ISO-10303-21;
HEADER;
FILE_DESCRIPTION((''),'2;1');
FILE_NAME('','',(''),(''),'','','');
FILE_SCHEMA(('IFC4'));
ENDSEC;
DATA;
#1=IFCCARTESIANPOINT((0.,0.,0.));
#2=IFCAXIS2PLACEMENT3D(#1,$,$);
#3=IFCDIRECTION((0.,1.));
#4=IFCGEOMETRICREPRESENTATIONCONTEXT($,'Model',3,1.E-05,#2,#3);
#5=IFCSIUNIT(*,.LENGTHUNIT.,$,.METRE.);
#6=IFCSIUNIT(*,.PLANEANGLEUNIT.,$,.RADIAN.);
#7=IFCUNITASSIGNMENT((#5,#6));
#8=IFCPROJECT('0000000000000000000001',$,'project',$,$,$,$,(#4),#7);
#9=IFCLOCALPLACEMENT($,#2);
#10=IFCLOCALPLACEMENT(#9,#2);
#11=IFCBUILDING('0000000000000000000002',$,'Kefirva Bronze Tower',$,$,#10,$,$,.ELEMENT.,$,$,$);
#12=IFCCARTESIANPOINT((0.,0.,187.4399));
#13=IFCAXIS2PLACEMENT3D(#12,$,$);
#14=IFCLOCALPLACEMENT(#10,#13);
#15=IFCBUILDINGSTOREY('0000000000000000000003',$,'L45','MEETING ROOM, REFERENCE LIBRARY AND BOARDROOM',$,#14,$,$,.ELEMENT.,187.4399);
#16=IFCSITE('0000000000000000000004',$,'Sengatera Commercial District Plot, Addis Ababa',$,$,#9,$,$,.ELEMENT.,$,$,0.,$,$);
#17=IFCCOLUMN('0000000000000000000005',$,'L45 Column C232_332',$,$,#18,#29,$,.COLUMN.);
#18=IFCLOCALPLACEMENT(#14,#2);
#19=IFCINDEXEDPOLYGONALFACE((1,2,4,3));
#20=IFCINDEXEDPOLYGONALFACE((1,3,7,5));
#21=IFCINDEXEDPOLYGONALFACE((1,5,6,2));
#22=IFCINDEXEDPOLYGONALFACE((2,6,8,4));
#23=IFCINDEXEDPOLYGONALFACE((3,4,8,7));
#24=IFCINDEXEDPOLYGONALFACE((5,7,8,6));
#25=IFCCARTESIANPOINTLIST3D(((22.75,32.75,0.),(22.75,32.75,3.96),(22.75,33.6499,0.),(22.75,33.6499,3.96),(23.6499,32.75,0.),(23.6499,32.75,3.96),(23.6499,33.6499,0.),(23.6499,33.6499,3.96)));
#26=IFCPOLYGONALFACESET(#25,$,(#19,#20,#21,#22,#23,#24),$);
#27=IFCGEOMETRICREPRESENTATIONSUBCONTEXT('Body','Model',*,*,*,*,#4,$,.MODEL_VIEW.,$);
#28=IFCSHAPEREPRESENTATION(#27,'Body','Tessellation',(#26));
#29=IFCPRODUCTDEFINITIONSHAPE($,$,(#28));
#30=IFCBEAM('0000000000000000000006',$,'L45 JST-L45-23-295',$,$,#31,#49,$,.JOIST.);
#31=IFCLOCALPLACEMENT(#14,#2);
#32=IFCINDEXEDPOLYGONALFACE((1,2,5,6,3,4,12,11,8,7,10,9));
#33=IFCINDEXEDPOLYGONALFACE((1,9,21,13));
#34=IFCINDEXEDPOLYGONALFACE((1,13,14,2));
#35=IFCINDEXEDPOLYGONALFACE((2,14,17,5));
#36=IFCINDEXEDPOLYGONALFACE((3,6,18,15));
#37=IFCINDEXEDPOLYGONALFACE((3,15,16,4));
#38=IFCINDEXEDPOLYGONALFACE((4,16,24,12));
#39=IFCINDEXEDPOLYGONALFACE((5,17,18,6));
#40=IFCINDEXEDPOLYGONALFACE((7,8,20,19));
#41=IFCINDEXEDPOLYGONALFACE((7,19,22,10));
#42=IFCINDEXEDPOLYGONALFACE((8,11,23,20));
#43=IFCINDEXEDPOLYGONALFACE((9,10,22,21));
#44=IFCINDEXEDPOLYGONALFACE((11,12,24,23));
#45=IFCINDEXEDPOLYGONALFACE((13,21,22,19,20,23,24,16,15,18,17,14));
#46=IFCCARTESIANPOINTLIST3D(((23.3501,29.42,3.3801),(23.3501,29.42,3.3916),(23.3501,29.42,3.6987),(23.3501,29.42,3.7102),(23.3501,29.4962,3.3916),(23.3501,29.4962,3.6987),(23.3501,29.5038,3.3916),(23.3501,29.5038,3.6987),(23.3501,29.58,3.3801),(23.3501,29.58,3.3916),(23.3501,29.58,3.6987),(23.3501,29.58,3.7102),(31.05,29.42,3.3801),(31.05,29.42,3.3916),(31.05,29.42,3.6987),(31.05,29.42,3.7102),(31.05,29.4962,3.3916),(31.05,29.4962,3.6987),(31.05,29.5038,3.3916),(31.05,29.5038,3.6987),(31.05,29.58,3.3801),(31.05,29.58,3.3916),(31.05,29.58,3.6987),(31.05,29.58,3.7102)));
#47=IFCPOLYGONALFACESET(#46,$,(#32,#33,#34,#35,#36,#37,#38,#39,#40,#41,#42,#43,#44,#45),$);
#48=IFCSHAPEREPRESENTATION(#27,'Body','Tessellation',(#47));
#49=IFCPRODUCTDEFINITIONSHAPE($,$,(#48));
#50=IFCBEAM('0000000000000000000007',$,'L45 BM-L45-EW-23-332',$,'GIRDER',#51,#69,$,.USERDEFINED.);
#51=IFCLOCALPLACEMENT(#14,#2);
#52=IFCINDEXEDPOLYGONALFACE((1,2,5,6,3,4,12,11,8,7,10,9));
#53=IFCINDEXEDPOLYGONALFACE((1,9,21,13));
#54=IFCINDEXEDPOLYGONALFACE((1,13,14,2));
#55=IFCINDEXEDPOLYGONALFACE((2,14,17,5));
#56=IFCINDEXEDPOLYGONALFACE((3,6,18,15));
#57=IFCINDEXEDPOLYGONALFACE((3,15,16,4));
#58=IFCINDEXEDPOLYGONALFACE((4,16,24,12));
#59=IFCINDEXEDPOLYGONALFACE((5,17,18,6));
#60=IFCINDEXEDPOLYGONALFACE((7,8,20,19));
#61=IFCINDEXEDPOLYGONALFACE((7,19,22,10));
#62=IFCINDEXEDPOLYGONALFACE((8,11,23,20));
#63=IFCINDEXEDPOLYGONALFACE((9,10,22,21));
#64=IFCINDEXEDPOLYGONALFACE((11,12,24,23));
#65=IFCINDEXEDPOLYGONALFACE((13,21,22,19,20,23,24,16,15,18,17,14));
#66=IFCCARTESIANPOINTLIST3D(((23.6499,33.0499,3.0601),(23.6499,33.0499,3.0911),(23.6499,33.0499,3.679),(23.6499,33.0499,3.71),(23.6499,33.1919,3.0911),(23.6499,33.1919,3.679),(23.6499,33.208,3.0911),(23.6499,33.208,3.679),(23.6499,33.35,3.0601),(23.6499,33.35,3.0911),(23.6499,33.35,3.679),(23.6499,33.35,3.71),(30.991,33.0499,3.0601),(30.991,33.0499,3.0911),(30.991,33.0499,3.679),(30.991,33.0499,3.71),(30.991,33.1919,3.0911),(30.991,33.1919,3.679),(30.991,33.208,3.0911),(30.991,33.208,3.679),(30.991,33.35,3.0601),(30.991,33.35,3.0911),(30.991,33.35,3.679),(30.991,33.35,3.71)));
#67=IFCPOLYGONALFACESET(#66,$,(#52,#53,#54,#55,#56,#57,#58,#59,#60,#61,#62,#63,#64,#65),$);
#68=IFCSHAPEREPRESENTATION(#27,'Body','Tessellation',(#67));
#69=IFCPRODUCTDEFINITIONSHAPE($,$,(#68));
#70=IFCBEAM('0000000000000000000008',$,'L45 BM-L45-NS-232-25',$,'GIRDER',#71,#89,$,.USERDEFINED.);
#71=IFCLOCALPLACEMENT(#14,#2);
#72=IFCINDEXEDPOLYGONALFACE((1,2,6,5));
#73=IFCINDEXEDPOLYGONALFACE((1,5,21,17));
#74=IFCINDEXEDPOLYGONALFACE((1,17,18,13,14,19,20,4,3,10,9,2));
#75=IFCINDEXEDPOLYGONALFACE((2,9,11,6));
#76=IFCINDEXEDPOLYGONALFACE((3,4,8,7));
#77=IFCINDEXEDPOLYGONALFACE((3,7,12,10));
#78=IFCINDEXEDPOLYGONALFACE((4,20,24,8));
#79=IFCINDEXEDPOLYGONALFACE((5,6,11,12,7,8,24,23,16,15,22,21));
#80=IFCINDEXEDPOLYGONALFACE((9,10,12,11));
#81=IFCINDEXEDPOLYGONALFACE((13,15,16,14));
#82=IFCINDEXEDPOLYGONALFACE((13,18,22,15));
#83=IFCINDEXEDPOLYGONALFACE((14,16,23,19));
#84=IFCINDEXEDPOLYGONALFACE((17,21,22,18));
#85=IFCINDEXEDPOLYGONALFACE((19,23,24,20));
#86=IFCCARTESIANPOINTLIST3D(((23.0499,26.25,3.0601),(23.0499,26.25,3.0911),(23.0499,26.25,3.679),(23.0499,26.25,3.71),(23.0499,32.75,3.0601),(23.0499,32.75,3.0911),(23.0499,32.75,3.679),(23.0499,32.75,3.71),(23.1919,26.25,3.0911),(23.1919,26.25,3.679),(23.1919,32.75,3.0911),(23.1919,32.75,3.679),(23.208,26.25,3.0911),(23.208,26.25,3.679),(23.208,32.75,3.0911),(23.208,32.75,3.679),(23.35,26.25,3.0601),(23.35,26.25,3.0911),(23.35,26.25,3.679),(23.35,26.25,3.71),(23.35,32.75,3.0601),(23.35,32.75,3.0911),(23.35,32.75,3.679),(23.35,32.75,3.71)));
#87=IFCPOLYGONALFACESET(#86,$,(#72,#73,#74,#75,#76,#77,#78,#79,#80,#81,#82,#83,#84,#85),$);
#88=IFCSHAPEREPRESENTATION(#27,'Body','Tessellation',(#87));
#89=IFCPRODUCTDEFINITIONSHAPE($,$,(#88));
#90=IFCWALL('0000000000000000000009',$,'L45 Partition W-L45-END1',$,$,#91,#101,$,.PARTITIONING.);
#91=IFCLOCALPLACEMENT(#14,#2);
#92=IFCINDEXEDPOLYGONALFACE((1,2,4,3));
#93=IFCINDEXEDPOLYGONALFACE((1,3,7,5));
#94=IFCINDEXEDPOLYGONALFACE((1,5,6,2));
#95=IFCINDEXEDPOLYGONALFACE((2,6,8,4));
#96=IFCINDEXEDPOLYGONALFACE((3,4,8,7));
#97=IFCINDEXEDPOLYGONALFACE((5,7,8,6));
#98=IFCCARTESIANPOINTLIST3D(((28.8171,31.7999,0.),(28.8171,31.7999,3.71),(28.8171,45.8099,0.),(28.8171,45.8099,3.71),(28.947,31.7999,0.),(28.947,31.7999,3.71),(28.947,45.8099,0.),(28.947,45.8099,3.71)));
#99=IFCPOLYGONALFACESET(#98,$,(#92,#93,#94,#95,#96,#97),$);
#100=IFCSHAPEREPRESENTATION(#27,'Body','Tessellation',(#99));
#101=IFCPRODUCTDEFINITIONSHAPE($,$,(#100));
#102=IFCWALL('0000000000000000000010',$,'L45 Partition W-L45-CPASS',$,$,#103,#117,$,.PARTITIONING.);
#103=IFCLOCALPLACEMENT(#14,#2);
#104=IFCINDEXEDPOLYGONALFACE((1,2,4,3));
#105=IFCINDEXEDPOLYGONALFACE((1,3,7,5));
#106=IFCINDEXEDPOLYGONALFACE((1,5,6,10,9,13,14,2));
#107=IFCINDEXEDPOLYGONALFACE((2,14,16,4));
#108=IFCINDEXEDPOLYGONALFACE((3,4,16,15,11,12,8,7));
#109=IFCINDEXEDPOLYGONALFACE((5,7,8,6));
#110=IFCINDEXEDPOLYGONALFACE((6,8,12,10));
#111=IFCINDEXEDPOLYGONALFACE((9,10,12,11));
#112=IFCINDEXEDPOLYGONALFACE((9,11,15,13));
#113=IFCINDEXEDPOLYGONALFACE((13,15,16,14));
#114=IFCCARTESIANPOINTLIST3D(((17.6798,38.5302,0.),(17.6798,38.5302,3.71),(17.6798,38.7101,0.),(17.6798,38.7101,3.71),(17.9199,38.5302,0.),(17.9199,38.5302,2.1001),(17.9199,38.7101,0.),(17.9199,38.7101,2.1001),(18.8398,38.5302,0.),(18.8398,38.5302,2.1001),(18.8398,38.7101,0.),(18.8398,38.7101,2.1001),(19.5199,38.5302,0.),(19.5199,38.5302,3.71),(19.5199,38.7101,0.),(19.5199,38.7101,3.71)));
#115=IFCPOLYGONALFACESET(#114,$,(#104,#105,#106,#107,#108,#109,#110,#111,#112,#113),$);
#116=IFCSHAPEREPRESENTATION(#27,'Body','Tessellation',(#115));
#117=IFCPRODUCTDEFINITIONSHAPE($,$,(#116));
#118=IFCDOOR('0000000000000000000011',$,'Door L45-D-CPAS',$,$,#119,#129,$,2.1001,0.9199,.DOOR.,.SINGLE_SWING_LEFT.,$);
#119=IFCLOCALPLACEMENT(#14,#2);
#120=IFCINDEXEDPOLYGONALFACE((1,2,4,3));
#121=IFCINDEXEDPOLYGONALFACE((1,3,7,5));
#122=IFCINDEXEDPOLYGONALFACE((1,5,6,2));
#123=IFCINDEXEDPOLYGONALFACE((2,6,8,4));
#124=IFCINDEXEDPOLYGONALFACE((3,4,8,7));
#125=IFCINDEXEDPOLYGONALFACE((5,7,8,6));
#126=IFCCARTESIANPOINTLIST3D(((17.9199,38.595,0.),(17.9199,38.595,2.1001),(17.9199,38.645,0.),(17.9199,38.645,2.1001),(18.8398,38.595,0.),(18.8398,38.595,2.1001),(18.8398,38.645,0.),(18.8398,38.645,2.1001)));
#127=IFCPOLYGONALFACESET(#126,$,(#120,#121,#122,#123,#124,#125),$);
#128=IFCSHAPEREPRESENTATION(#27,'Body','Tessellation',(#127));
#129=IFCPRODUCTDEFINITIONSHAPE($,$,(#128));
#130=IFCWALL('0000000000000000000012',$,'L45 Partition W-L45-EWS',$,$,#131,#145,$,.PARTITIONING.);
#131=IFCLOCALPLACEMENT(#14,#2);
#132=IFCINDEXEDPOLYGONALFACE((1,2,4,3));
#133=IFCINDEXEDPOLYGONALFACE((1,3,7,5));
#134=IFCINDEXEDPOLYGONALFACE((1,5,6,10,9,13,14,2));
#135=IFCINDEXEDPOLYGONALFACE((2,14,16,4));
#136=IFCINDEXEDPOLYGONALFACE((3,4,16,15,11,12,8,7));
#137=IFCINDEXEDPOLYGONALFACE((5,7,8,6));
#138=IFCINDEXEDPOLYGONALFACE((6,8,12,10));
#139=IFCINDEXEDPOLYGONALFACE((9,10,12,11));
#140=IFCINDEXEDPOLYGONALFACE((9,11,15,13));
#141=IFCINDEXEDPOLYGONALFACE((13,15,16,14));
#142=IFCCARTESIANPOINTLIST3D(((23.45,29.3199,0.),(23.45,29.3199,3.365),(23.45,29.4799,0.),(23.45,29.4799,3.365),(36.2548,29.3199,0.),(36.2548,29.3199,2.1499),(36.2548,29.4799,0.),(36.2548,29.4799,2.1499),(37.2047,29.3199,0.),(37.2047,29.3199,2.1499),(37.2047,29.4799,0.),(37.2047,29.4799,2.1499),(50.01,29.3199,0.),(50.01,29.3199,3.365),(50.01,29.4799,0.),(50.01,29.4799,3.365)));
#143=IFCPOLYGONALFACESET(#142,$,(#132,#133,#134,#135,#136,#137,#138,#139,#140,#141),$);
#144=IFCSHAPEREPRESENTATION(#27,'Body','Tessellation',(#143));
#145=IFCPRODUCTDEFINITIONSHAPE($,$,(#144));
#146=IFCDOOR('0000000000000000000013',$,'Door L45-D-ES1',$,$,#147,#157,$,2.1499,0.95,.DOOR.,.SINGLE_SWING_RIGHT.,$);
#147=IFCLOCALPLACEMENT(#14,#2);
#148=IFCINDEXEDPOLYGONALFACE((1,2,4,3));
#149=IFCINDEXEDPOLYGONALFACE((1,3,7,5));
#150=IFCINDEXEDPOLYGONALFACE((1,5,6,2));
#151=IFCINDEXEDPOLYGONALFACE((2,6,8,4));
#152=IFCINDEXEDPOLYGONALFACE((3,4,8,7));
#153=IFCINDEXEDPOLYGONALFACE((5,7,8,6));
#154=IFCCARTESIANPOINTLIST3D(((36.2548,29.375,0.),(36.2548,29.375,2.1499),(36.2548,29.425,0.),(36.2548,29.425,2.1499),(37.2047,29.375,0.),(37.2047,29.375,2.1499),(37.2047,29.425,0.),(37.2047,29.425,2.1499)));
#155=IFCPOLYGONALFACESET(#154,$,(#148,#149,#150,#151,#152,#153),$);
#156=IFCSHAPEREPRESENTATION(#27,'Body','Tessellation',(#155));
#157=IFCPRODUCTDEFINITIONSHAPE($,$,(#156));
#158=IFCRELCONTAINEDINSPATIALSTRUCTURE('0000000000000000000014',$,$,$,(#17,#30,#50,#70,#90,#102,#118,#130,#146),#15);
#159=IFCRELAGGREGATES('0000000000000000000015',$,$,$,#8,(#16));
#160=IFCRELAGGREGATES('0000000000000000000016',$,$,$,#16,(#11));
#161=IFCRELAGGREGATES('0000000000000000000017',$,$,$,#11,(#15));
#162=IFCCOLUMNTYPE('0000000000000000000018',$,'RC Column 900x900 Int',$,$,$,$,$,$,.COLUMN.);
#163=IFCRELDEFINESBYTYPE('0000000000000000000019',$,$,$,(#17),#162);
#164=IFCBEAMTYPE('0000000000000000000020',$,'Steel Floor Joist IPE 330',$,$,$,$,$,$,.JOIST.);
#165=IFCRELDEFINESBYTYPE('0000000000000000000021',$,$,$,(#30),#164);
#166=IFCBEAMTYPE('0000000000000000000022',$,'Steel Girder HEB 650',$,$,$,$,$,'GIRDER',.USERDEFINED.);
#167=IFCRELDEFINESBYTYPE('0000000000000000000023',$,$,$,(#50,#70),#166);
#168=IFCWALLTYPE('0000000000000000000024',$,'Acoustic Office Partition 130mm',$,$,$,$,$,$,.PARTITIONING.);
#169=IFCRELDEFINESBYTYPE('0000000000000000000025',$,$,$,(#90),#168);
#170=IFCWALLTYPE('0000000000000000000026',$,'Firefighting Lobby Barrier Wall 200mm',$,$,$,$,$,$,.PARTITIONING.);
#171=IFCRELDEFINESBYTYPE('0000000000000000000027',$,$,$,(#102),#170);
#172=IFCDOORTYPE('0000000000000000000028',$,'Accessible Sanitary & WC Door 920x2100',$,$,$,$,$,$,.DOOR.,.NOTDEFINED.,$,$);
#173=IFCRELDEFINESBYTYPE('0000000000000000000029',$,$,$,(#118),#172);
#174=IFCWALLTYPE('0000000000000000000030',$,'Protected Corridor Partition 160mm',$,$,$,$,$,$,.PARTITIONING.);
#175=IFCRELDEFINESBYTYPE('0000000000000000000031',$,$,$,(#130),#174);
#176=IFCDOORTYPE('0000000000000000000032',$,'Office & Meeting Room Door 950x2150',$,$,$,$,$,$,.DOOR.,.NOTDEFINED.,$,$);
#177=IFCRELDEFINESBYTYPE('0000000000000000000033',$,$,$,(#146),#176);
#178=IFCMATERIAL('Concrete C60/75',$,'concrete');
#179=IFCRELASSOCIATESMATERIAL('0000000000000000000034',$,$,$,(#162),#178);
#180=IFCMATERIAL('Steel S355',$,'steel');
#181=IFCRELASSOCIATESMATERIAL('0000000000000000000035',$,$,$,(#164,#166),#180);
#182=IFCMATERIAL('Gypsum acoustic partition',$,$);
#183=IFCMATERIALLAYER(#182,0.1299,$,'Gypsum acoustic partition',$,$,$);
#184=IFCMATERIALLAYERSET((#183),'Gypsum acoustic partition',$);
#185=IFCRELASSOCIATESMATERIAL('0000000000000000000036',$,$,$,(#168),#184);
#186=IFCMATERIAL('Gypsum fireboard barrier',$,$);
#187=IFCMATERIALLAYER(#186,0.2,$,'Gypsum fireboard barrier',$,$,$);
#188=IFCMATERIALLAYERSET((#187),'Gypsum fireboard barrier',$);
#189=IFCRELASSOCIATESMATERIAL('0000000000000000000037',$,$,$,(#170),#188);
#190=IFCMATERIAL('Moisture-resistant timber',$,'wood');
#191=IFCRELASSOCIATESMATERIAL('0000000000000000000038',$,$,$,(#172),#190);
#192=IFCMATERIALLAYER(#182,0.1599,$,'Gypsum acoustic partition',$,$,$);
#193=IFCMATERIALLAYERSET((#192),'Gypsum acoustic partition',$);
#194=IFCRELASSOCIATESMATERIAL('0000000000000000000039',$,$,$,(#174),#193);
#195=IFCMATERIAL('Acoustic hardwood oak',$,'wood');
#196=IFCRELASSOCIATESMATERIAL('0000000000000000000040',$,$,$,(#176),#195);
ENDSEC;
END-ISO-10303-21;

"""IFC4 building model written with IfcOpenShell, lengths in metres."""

from ifc_helpers import new_model, si_unit, direction, frame, frame_2d, origin, origin_2d, place, context, subcontext, project, spatial, rectangle, i_section, extrude, material, layer, layer_set, material_profile, profile_set, type_object, element, fill, save


model = new_model("IFC4")

# Units and contexts
model_context = context("Model", 3, precision=1e-05, world=origin(), true_north=direction((0.0, 1.0)))
body_context = subcontext(model_context, "Body", "Model", "MODEL_VIEW")
ifc_project = project(units=[si_unit("LENGTHUNIT", "METRE"), si_unit("PLANEANGLEUNIT", "RADIAN")], contexts=[model_context])

# Site, building, storey
site_placement = place(None, origin())
site = spatial("IfcSite", under=ifc_project, at=site_placement, Name="Sengatera Commercial District Plot, Addis Ababa", CompositionType="ELEMENT", RefElevation=0.0)
building_placement = place(site_placement, origin())
building = spatial("IfcBuilding", under=site, at=building_placement, Name="Kefirva Bronze Tower", CompositionType="ELEMENT")
storey_placement = place(building_placement, frame((0.0, 0.0, 187.4399)))
storey = spatial("IfcBuildingStorey", under=building, at=storey_placement, Name="L45", Description="MEETING ROOM, REFERENCE LIBRARY AND BOARDROOM", CompositionType="ELEMENT", Elevation=187.4399)

# Column
ifc_material_1 = material(Name="Concrete C60/75", Category="concrete")
ifc_material_profile_1 = material_profile(ifc_material_1, rectangle(XDim=0.8999, YDim=0.8999, at=origin_2d()), Name="RC 900x900")
ifc_profile_set_1 = profile_set([ifc_material_profile_1], Name="Concrete C60/75")
column_type = type_object("IfcColumnType", Name="RC Column 900x900 Int", PredefinedType="COLUMN", material=ifc_profile_set_1)
column_placement = place(storey_placement, frame((23.2, 33.2, 0.0), z_axis=(0.0, 0.0, 1.0), x_axis=(1.0, 0.0, 0.0)))
element("IfcColumn", 1, at=column_placement, inside=storey, type_object=column_type, Name="L45 Column C232_332", PredefinedType="COLUMN", context=body_context, shape_type="SweptSolid", body=[
    extrude(rectangle(XDim=0.8999, YDim=0.8999, at=origin_2d()), origin(), (0.0, 0.0, 1.0), 3.96),
])

# Beams
ifc_material_2 = material(Name="Steel S355", Category="steel")
ifc_material_profile_2 = material_profile(ifc_material_2, i_section(OverallWidth=0.1599, OverallDepth=0.3301, WebThickness=0.0076, FlangeThickness=0.0115, at=origin_2d()), Name="IPE 330")
ifc_profile_set_2 = profile_set([ifc_material_profile_2], Name="Steel S355")
beam_type_1 = type_object("IfcBeamType", Name="Steel Floor Joist IPE 330", PredefinedType="JOIST", material=ifc_profile_set_2)
beam_1_placement = place(storey_placement, frame((23.3501, 29.5, 3.5452), z_axis=(1.0, 0.0, 0.0), x_axis=(0.0, 1.0, 0.0)))
element("IfcBeam", 2, at=beam_1_placement, inside=storey, type_object=beam_type_1, Name="L45 JST-L45-23-295", PredefinedType="JOIST", context=body_context, shape_type="SweptSolid", body=[
    extrude(i_section(OverallWidth=0.1599, OverallDepth=0.3301, WebThickness=0.0076, FlangeThickness=0.0115, at=origin_2d()), origin(), (0.0, 0.0, 1.0), 7.7),
])
ifc_material_profile_3 = material_profile(ifc_material_2, i_section(OverallWidth=0.3, OverallDepth=0.6499, WebThickness=0.0161, FlangeThickness=0.031, at=origin_2d()), Name="HEB 650")
ifc_profile_set_3 = profile_set([ifc_material_profile_3], Name="Steel S355")
beam_type_2 = type_object("IfcBeamType", Name="Steel Girder HEB 650", ElementType="GIRDER", PredefinedType="USERDEFINED", material=ifc_profile_set_3)
beam_2_placement = place(storey_placement, frame((23.6499, 33.2, 3.385), z_axis=(1.0, 0.0, 0.0), x_axis=(0.0, 1.0, 0.0)))
element("IfcBeam", 3, at=beam_2_placement, inside=storey, type_object=beam_type_2, Name="L45 BM-L45-EW-23-332", ObjectType="GIRDER", PredefinedType="USERDEFINED", context=body_context, shape_type="SweptSolid", body=[
    extrude(i_section(OverallWidth=0.3, OverallDepth=0.6499, WebThickness=0.0161, FlangeThickness=0.031, at=origin_2d()), origin(), (0.0, 0.0, 1.0), 7.3411),
])
beam_3_placement = place(storey_placement, frame((23.2, 26.25, 3.385), z_axis=(0.0, 1.0, 0.0), x_axis=(-1.0, 0.0, 0.0)))
element("IfcBeam", 4, at=beam_3_placement, inside=storey, type_object=beam_type_2, Name="L45 BM-L45-NS-232-25", ObjectType="GIRDER", PredefinedType="USERDEFINED", context=body_context, shape_type="SweptSolid", body=[
    extrude(i_section(OverallWidth=0.3, OverallDepth=0.6499, WebThickness=0.0161, FlangeThickness=0.031, at=origin_2d()), origin(), (0.0, 0.0, 1.0), 6.5),
])

# Wall
ifc_material_3 = material(Name="Gypsum acoustic partition")
ifc_layer_1 = layer(ifc_material_3, 0.1299, Name="Gypsum acoustic partition")
ifc_layer_set_1 = layer_set([ifc_layer_1], Name="Gypsum acoustic partition")
wall_type_1 = type_object("IfcWallType", Name="Acoustic Office Partition 130mm", PredefinedType="PARTITIONING", material=ifc_layer_set_1)
wall_1_placement = place(storey_placement, frame((28.8821, 31.8, 0.0), z_axis=(0.0, 0.0, 1.0), x_axis=(0.0, 1.0, 0.0)))
element("IfcWall", 5, at=wall_1_placement, inside=storey, type_object=wall_type_1, Name="L45 Partition W-L45-END1", PredefinedType="PARTITIONING", context=body_context, shape_type="SweptSolid", body=[
    extrude(rectangle(XDim=14.01, YDim=0.1299, at=frame_2d((7.0049, 0.0))), origin(), (0.0, 0.0, 1.0), 3.71),
])

# Walls, openings, doors
ifc_material_4 = material(Name="Gypsum fireboard barrier")
ifc_layer_2 = layer(ifc_material_4, 0.2, Name="Gypsum fireboard barrier")
ifc_layer_set_2 = layer_set([ifc_layer_2], Name="Gypsum fireboard barrier")
wall_type_2 = type_object("IfcWallType", Name="Firefighting Lobby Barrier Wall 200mm", PredefinedType="PARTITIONING", material=ifc_layer_set_2)
wall_2_placement = place(storey_placement, frame((17.6799, 38.6201, 0.0), z_axis=(0.0, 0.0, 1.0), x_axis=(1.0, 0.0, 0.0)))
wall_2 = element("IfcWall", 6, at=wall_2_placement, inside=storey, type_object=wall_type_2, Name="L45 Partition W-L45-CPASS", PredefinedType="PARTITIONING", context=body_context, shape_type="SweptSolid", body=[
    extrude(rectangle(XDim=1.8401, YDim=0.1799, at=frame_2d((0.9199, 0.0))), origin(), (0.0, 0.0, 1.0), 3.71),
])
opening_1_placement = place(wall_2_placement, frame((0.24, 0.0, 0.0)))
opening_1 = element("IfcOpeningElement", 7, at=opening_1_placement, cuts=wall_2, PredefinedType="OPENING", context=body_context, shape_type="SweptSolid", body=[
    extrude(rectangle(XDim=0.9199, YDim=2.1001, at=frame_2d((0.46, 1.05))), frame((0.0, 0.1001, 0.0), z_axis=(0.0, -1.0, 0.0), x_axis=(1.0, 0.0, 0.0)), (0.0, 0.0, 1.0), 0.2),
])
ifc_material_5 = material(Name="Moisture-resistant timber", Category="wood")
door_type_1 = type_object("IfcDoorType", Name="Accessible Sanitary & WC Door 920x2100", OperationType="NOTDEFINED", PredefinedType="DOOR", material=ifc_material_5)
door_1_placement = place(opening_1_placement, origin())
door_1 = element("IfcDoor", 8, at=door_1_placement, inside=storey, type_object=door_type_1, Name="Door L45-D-CPAS", OperationType="SINGLE_SWING_LEFT", OverallHeight=2.1001, OverallWidth=0.9199, PredefinedType="DOOR", context=body_context, shape_type="SweptSolid", body=[
    extrude(rectangle(XDim=0.9199, YDim=2.1001, at=frame_2d((0.46, 1.05))), frame((0.0, 0.0249, 0.0), z_axis=(0.0, -1.0, 0.0), x_axis=(1.0, 0.0, 0.0)), (0.0, 0.0, 1.0), 0.05),
])
fill(opening_1, door_1)
ifc_layer_3 = layer(ifc_material_3, 0.1599, Name="Gypsum acoustic partition")
ifc_layer_set_3 = layer_set([ifc_layer_3], Name="Gypsum acoustic partition")
wall_type_3 = type_object("IfcWallType", Name="Protected Corridor Partition 160mm", PredefinedType="PARTITIONING", material=ifc_layer_set_3)
wall_3_placement = place(storey_placement, frame((23.45, 29.3999, 0.0), z_axis=(0.0, 0.0, 1.0), x_axis=(1.0, 0.0, 0.0)))
wall_3 = element("IfcWall", 9, at=wall_3_placement, inside=storey, type_object=wall_type_3, Name="L45 Partition W-L45-EWS", PredefinedType="PARTITIONING", context=body_context, shape_type="SweptSolid", body=[
    extrude(rectangle(XDim=26.5601, YDim=0.1599, at=frame_2d((13.28, 0.0))), origin(), (0.0, 0.0, 1.0), 3.365),
])
opening_2_placement = place(wall_3_placement, frame((13.7549, 0.0, 0.0), z_axis=(0.0, 0.0, 1.0), x_axis=(-1.0, 0.0, 0.0)))
opening_2 = element("IfcOpeningElement", 10, at=opening_2_placement, cuts=wall_3, PredefinedType="OPENING", context=body_context, shape_type="SweptSolid", body=[
    extrude(rectangle(XDim=0.95, YDim=2.1499, at=frame_2d((0.4751, 1.075))), frame((0.0, 0.0898, 0.0), z_axis=(0.0, -1.0, 0.0), x_axis=(1.0, 0.0, 0.0)), (0.0, 0.0, 1.0), 0.1799),
])
ifc_material_6 = material(Name="Acoustic hardwood oak", Category="wood")
door_type_2 = type_object("IfcDoorType", Name="Office & Meeting Room Door 950x2150", OperationType="NOTDEFINED", PredefinedType="DOOR", material=ifc_material_6)
door_2_placement = place(opening_2_placement, origin())
door_2 = element("IfcDoor", 11, at=door_2_placement, inside=storey, type_object=door_type_2, Name="Door L45-D-ES1", OperationType="SINGLE_SWING_RIGHT", OverallHeight=2.1499, OverallWidth=0.95, PredefinedType="DOOR", context=body_context, shape_type="SweptSolid", body=[
    extrude(rectangle(XDim=0.95, YDim=2.1499, at=frame_2d((0.4751, 1.075))), frame((0.0, 0.0249, 0.0), z_axis=(0.0, -1.0, 0.0), x_axis=(1.0, 0.0, 0.0)), (0.0, 0.0, 1.0), 0.05),
])
fill(opening_2, door_2)

save(model, "model.ifc")
